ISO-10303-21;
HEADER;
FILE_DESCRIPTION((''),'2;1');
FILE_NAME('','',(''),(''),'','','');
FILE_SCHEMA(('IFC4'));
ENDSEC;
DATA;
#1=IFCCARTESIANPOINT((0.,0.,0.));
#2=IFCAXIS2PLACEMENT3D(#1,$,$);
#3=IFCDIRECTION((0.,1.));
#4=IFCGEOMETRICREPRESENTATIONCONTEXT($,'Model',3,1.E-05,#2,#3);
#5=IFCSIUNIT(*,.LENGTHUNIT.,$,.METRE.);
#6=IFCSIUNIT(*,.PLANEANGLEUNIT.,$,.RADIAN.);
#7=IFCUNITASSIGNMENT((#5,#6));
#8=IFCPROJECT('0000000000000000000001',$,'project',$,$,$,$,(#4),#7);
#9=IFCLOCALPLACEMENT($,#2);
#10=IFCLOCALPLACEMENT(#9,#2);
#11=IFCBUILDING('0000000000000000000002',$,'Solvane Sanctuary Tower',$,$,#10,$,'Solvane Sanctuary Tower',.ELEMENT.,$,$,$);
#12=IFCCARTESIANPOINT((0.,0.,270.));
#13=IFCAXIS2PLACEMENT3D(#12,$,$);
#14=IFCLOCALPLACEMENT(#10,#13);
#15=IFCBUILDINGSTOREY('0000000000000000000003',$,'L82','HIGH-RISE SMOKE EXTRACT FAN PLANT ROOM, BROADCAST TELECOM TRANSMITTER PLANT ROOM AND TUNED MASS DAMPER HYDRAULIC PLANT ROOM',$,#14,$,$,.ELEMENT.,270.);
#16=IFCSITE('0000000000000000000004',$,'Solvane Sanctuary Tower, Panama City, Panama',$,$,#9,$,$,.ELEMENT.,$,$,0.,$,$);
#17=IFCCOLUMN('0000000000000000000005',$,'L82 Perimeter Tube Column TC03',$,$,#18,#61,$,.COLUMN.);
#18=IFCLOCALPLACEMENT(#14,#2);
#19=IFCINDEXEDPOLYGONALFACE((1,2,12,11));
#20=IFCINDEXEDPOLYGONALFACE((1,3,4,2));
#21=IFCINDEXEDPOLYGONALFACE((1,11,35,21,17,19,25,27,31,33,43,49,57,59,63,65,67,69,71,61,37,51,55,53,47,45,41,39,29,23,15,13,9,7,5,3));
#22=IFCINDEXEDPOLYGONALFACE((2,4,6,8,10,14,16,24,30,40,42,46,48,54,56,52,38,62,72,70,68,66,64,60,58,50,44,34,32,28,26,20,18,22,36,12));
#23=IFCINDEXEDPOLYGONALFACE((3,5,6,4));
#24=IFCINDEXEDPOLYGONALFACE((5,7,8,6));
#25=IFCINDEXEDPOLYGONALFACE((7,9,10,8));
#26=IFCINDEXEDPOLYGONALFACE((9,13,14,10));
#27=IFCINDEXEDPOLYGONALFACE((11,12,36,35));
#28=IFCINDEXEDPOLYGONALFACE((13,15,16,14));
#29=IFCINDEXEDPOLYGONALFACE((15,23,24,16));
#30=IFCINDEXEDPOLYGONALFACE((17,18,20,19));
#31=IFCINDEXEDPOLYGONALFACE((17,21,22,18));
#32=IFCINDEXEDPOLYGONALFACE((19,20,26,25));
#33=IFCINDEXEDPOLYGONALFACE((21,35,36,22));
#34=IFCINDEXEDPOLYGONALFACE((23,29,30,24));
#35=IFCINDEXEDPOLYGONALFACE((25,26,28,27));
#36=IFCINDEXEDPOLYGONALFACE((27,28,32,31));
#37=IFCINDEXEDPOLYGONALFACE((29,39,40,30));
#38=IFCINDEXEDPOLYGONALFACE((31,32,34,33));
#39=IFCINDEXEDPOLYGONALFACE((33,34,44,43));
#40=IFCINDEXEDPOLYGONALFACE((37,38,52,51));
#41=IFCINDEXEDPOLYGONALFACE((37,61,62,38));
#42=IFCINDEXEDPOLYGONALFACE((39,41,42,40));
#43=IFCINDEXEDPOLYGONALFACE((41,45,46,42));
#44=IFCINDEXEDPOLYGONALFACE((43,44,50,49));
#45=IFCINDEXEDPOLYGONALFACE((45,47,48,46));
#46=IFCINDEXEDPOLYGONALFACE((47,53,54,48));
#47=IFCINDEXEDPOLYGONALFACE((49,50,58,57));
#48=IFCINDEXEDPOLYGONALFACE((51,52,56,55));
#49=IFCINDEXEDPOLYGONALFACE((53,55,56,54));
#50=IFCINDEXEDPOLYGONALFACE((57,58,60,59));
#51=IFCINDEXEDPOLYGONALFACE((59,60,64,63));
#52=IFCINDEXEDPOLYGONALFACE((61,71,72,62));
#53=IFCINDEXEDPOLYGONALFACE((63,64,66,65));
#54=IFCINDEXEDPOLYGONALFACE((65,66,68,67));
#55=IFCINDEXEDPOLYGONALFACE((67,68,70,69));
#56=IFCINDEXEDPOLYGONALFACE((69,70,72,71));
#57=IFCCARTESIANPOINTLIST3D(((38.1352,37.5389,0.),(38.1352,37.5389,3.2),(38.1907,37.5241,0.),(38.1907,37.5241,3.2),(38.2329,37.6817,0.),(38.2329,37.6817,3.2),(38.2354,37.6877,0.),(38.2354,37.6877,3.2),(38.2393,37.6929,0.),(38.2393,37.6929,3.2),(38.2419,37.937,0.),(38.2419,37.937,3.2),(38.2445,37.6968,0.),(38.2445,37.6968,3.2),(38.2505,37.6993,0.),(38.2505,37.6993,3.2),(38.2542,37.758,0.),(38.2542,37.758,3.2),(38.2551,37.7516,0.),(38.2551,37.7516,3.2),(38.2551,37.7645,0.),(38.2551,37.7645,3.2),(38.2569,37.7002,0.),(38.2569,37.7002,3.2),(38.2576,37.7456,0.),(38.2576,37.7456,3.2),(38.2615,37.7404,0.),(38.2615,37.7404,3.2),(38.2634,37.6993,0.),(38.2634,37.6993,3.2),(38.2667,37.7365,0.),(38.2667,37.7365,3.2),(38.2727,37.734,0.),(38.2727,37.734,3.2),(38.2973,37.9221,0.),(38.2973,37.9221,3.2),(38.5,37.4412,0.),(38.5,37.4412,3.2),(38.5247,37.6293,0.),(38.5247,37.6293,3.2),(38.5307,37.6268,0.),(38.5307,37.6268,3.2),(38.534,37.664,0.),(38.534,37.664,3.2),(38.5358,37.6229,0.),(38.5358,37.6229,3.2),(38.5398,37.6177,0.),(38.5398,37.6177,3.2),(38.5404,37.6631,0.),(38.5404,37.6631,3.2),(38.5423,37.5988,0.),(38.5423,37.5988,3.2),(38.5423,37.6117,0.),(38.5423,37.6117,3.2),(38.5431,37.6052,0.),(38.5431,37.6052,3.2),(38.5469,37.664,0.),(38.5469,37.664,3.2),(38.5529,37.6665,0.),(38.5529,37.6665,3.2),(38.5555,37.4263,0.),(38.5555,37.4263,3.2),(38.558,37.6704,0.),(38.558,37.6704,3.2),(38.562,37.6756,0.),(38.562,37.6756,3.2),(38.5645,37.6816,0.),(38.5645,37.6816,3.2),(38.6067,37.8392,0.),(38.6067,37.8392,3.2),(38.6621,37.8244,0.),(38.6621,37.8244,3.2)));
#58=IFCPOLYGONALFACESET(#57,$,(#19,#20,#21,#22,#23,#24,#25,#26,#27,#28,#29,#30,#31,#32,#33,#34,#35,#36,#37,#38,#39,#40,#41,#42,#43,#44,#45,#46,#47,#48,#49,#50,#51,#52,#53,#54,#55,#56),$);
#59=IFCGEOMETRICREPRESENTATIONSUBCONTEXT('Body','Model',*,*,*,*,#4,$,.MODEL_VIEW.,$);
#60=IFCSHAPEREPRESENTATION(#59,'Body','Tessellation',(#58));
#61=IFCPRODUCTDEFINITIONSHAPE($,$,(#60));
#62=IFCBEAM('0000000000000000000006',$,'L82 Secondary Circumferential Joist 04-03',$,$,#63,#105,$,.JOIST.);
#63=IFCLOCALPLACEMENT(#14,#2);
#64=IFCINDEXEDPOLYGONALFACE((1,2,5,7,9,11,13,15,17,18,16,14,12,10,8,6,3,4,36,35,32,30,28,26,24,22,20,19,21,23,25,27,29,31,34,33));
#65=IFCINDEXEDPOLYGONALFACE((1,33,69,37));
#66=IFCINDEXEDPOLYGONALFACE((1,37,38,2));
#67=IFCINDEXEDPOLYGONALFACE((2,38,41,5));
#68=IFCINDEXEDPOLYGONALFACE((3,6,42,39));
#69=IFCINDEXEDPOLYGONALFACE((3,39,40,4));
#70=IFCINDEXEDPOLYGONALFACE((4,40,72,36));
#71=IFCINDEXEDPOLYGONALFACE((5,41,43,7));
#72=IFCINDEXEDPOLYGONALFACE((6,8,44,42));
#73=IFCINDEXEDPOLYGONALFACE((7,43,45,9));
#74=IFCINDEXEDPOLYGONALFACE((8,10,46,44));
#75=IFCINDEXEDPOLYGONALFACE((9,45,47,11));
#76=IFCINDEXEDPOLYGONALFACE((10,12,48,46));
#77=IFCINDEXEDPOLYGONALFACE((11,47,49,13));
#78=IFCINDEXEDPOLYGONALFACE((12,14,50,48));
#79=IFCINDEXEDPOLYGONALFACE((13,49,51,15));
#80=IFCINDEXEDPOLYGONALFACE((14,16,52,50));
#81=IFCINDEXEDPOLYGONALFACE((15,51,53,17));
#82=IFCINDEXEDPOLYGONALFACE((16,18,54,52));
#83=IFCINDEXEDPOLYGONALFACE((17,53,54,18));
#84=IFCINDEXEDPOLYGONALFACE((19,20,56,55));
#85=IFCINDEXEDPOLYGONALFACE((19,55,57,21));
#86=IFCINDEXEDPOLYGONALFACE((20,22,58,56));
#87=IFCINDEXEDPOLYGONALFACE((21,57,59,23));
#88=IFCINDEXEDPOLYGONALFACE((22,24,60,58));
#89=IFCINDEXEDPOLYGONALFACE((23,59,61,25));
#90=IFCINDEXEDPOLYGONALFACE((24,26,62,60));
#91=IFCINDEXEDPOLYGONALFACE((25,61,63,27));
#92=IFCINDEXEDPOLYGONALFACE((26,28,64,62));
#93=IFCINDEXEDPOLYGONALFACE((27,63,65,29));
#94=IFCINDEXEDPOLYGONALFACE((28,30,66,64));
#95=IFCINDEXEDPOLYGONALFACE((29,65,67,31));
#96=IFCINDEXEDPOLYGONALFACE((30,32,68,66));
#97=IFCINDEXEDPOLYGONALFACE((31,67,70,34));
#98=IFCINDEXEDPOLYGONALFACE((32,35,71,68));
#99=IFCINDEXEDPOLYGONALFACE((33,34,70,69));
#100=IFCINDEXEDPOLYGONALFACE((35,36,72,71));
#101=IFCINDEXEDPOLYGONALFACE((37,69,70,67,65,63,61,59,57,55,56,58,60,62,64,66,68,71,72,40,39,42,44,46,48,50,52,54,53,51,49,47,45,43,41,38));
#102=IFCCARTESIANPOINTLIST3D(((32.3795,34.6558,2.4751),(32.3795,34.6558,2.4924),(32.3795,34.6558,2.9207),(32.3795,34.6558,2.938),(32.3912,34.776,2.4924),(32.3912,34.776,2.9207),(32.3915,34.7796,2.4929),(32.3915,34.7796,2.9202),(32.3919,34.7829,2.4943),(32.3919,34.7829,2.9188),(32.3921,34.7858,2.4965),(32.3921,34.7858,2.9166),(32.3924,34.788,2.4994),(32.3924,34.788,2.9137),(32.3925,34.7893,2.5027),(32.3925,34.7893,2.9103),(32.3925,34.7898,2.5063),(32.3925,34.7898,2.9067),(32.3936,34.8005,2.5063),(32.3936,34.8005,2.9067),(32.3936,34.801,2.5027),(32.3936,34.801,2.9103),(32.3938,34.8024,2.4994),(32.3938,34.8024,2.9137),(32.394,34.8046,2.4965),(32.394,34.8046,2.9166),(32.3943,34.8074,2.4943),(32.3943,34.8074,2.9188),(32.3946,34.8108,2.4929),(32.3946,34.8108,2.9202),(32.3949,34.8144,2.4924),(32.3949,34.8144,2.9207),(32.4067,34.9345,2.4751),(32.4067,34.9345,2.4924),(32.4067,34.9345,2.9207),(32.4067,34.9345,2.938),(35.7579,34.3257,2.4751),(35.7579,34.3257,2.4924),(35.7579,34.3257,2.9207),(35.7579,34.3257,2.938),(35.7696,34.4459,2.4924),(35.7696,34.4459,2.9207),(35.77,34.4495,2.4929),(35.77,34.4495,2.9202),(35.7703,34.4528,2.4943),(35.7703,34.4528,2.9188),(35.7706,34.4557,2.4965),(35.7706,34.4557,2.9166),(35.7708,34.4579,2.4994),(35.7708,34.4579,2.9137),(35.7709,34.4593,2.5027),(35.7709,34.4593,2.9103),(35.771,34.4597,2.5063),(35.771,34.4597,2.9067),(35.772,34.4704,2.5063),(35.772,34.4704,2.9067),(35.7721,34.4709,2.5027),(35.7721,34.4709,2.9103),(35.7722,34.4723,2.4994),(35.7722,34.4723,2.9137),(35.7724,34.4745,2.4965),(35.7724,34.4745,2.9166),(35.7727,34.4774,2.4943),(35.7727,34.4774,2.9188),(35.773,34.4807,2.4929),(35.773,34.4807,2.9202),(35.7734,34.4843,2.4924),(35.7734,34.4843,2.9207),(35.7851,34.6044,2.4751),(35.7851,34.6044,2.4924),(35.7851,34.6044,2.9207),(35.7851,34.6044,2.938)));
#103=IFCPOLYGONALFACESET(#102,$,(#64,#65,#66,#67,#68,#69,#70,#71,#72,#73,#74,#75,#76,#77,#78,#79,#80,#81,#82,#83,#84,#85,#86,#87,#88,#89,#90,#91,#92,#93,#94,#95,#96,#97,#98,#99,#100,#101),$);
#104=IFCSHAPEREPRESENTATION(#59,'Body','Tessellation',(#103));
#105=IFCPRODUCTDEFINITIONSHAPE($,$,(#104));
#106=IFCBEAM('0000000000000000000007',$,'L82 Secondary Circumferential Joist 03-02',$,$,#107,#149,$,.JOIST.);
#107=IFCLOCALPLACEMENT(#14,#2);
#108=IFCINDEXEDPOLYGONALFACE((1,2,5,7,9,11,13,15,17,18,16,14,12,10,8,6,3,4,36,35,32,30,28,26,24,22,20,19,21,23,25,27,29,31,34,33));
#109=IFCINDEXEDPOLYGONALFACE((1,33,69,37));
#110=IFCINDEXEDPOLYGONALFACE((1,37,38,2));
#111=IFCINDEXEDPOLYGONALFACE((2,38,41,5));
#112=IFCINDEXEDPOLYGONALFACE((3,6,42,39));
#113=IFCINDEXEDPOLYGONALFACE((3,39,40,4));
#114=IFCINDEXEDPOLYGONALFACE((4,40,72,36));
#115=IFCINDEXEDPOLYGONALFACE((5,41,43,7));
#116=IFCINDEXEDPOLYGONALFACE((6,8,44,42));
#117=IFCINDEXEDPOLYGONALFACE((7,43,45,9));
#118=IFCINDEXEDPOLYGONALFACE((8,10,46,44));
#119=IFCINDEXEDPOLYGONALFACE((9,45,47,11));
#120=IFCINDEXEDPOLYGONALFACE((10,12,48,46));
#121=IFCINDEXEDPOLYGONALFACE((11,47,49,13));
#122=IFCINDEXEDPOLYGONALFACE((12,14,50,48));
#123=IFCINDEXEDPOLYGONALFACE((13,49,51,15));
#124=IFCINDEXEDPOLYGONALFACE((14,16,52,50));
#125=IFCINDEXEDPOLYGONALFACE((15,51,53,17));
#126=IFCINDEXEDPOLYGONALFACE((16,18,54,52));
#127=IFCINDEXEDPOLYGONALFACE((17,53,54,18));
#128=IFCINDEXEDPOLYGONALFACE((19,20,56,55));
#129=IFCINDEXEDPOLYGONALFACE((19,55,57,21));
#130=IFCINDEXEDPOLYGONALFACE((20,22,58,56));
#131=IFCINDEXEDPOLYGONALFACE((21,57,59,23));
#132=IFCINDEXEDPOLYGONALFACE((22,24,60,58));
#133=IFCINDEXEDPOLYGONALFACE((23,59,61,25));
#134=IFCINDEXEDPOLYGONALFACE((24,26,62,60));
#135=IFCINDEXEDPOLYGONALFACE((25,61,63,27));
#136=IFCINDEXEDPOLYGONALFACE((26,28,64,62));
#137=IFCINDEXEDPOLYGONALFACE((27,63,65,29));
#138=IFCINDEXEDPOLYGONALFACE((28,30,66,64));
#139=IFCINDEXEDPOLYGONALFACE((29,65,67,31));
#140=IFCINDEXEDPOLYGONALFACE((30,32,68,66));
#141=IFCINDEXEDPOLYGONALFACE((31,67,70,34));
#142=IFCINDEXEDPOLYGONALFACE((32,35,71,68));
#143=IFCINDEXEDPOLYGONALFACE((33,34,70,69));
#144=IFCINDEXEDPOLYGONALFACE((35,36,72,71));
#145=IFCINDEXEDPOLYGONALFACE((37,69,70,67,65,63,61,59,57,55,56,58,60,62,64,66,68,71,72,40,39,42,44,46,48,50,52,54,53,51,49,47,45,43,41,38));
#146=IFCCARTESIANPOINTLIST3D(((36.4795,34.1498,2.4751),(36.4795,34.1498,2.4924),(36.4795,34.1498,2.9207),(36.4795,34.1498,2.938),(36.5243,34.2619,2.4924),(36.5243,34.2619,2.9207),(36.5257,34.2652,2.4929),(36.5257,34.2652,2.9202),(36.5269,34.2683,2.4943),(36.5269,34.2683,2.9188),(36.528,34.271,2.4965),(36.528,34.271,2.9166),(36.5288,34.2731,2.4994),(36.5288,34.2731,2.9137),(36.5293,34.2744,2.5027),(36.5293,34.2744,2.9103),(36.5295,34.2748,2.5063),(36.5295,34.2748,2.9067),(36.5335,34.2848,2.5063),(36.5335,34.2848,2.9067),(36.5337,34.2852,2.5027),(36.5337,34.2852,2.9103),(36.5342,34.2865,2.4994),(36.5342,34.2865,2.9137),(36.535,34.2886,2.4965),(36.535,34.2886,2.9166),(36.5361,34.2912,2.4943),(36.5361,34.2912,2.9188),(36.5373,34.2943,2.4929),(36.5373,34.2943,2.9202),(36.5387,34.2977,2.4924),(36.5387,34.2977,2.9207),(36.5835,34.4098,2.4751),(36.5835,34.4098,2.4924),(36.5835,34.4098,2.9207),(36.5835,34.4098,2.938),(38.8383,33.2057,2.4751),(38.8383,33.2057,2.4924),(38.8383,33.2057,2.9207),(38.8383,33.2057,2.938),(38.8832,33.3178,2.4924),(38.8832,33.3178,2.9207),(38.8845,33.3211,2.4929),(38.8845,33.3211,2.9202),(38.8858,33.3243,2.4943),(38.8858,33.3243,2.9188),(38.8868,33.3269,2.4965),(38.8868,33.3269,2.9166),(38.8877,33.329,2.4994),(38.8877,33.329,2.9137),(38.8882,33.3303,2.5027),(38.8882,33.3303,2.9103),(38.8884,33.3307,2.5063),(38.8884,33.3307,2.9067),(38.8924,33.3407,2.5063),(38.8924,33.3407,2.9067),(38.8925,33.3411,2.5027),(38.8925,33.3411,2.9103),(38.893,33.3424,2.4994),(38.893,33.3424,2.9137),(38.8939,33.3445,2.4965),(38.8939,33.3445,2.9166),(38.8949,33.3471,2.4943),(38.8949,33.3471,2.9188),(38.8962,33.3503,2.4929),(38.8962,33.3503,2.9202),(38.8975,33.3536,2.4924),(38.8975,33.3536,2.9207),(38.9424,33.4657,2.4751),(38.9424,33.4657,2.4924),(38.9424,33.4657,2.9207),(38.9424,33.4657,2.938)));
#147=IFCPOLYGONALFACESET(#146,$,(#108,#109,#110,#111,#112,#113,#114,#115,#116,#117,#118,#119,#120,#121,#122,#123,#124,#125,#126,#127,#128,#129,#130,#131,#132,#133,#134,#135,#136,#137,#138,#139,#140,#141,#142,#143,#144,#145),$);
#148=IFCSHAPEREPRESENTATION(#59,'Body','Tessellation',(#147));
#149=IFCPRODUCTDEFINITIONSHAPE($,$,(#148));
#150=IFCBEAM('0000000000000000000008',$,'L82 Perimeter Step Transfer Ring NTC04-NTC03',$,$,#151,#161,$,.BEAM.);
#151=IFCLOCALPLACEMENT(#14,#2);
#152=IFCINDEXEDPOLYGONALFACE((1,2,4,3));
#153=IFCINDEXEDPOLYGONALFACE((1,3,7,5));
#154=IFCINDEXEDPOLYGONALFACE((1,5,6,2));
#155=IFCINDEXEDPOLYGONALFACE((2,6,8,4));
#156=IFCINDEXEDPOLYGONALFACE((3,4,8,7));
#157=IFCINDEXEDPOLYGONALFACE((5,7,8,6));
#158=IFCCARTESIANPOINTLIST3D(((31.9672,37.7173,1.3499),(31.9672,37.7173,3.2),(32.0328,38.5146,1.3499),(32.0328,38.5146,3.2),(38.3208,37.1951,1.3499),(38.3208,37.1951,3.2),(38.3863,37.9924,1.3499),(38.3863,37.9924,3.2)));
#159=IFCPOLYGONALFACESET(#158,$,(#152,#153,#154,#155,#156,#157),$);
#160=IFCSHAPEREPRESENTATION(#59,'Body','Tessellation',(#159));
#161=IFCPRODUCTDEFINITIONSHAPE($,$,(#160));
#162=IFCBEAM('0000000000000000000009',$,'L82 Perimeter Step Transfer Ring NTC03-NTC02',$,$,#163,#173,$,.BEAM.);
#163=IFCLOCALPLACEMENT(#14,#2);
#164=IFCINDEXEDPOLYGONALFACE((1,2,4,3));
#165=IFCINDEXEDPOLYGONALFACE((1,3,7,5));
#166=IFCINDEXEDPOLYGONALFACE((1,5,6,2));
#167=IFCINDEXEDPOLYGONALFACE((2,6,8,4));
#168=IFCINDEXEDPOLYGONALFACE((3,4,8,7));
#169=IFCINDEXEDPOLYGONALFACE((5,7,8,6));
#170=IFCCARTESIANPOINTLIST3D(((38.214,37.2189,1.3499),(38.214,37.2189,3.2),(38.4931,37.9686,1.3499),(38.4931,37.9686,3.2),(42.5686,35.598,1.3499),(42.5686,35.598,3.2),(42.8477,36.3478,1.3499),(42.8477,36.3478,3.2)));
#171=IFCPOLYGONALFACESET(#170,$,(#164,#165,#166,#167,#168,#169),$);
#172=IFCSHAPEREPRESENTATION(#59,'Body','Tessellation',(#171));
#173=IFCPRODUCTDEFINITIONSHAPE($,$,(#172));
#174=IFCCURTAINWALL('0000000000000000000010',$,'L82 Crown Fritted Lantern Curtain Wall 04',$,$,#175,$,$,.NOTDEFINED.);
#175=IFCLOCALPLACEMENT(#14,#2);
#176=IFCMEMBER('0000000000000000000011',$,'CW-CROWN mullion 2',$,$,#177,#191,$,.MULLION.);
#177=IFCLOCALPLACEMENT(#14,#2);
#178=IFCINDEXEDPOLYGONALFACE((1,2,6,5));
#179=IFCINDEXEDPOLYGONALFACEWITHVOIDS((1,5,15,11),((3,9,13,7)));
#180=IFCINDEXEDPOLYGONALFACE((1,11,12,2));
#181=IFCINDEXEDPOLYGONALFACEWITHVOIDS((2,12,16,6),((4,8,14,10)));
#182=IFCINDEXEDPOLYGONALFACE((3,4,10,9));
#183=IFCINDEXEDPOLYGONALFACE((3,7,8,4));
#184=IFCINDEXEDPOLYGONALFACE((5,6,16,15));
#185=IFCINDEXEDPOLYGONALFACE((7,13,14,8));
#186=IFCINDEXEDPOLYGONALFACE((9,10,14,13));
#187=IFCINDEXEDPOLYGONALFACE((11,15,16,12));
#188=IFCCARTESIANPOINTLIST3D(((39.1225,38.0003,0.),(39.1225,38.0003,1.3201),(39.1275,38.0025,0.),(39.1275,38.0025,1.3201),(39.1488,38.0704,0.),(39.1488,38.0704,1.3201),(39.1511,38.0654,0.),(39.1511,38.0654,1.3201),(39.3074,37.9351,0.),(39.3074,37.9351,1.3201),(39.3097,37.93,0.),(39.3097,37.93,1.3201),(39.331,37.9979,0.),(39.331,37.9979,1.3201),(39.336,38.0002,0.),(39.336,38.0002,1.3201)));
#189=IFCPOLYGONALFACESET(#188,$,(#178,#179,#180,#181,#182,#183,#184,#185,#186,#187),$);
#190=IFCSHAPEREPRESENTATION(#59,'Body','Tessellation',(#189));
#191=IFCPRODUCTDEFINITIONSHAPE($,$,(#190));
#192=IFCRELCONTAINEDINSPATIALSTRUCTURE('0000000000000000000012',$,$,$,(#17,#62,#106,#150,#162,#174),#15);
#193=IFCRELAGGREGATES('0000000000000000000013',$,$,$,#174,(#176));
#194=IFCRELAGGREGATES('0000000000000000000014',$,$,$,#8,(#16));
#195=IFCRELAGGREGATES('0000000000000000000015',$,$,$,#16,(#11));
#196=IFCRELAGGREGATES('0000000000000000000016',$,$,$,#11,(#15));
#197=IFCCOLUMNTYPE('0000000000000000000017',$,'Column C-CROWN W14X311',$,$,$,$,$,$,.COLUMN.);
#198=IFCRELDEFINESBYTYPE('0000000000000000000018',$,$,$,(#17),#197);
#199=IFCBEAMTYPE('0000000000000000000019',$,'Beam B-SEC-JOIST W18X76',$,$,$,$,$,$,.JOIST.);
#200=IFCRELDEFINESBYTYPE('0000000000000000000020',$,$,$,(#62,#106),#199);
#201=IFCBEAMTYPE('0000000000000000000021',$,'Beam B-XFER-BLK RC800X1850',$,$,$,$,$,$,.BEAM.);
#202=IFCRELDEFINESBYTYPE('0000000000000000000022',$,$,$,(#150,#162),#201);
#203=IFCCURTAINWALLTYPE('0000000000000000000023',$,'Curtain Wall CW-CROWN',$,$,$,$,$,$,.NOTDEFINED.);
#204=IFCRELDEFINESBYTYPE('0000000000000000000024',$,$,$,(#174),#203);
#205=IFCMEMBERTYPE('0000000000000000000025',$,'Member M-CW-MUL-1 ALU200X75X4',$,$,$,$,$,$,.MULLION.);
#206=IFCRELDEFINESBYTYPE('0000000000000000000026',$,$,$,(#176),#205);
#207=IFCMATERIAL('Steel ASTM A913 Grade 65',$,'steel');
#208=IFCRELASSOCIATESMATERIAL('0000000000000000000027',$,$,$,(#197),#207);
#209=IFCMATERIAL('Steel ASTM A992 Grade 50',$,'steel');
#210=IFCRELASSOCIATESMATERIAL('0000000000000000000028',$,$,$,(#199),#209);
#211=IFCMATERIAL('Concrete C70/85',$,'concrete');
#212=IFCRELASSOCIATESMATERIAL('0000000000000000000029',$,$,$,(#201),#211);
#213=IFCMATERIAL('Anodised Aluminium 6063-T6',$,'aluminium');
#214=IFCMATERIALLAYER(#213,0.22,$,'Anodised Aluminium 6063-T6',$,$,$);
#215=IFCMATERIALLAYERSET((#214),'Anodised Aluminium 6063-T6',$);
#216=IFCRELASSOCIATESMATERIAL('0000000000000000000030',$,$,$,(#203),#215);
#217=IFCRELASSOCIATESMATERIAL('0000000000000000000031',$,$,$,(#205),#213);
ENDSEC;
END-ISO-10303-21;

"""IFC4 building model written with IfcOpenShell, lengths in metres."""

from ifc_helpers import new_model, si_unit, direction, frame, origin, origin_2d, place, context, subcontext, project, spatial, rectangle, hollow_rectangle, i_section, extrude, material, layer, layer_set, material_profile, profile_set, type_object, element, aggregate, save


model = new_model("IFC4")

# Units and contexts
model_context = context("Model", 3, precision=1e-05, world=origin(), true_north=direction((0.0, 1.0)))
body_context = subcontext(model_context, "Body", "Model", "MODEL_VIEW")
ifc_project = project(units=[si_unit("LENGTHUNIT", "METRE"), si_unit("PLANEANGLEUNIT", "RADIAN")], contexts=[model_context])

# Site, building, storey
site_placement = place(None, origin())
site = spatial("IfcSite", under=ifc_project, at=site_placement, Name="Solvane Sanctuary Tower, Panama City, Panama", CompositionType="ELEMENT", RefElevation=0.0)
building_placement = place(site_placement, origin())
building = spatial("IfcBuilding", under=site, at=building_placement, Name="Solvane Sanctuary Tower", LongName="Solvane Sanctuary Tower", CompositionType="ELEMENT")
storey_placement = place(building_placement, frame((0.0, 0.0, 270.0)))
storey = spatial("IfcBuildingStorey", under=building, at=storey_placement, Name="L82", Description="HIGH-RISE SMOKE EXTRACT FAN PLANT ROOM, BROADCAST TELECOM TRANSMITTER PLANT ROOM AND TUNED MASS DAMPER HYDRAULIC PLANT ROOM", CompositionType="ELEMENT", Elevation=270.0)

# Column
ifc_material_1 = material(Name="Steel ASTM A913 Grade 65", Category="steel")
ifc_material_profile_1 = material_profile(ifc_material_1, i_section(OverallWidth=0.4121, OverallDepth=0.4351, WebThickness=0.0359, FlangeThickness=0.0574, FilletRadius=0.0249, at=origin_2d()), Name="W14X311")
ifc_profile_set_1 = profile_set([ifc_material_profile_1], Name="Steel ASTM A913 Grade 65")
column_type = type_object("IfcColumnType", Name="Column C-CROWN W14X311", PredefinedType="COLUMN", material=ifc_profile_set_1)
column_placement = place(storey_placement, frame((38.3987, 37.6816, 0.0), z_axis=(0.0, 0.0, 1.0), x_axis=(0.258819, 0.965926, 0.0)))
element("IfcColumn", 1, at=column_placement, inside=storey, type_object=column_type, Name="L82 Perimeter Tube Column TC03", PredefinedType="COLUMN", context=body_context, shape_type="SweptSolid", body=[
    extrude(i_section(OverallWidth=0.4121, OverallDepth=0.4351, WebThickness=0.0359, FlangeThickness=0.0574, FilletRadius=0.0249, at=origin_2d()), origin(), (0.0, 0.0, 1.0), 3.2),
])

# Beams
ifc_material_2 = material(Name="Steel ASTM A992 Grade 50", Category="steel")
ifc_material_profile_2 = material_profile(ifc_material_2, i_section(OverallWidth=0.28, OverallDepth=0.4629, WebThickness=0.0107, FlangeThickness=0.0173, FilletRadius=0.0139, at=origin_2d()), Name="W18X76")
ifc_profile_set_2 = profile_set([ifc_material_profile_2], Name="Steel ASTM A992 Grade 50")
beam_type_1 = type_object("IfcBeamType", Name="Beam B-SEC-JOIST W18X76", PredefinedType="JOIST", material=ifc_profile_set_2)
beam_1_placement = place(storey_placement, frame((32.3931, 34.7952, 2.7065), z_axis=(0.995261, -0.097239, 0.0), x_axis=(0.097239, 0.995261, 0.0)))
element("IfcBeam", 2, at=beam_1_placement, inside=storey, type_object=beam_type_1, Name="L82 Secondary Circumferential Joist 04-03", PredefinedType="JOIST", context=body_context, shape_type="SweptSolid", body=[
    extrude(i_section(OverallWidth=0.28, OverallDepth=0.4629, WebThickness=0.0107, FlangeThickness=0.0173, FilletRadius=0.0139, at=origin_2d()), origin(), (0.0, 0.0, 1.0), 3.3945),
])
beam_2_placement = place(storey_placement, frame((36.5315, 34.2798, 2.7065), z_axis=(0.928404, -0.371573, 0.0), x_axis=(0.371573, 0.928404, 0.0)))
element("IfcBeam", 3, at=beam_2_placement, inside=storey, type_object=beam_type_1, Name="L82 Secondary Circumferential Joist 03-02", PredefinedType="JOIST", context=body_context, shape_type="SweptSolid", body=[
    extrude(i_section(OverallWidth=0.28, OverallDepth=0.4629, WebThickness=0.0107, FlangeThickness=0.0173, FilletRadius=0.0139, at=origin_2d()), origin(), (0.0, 0.0, 1.0), 2.5408),
])
ifc_material_3 = material(Name="Concrete C70/85", Category="concrete")
ifc_material_profile_3 = material_profile(ifc_material_3, rectangle(XDim=0.8, YDim=1.8501, at=origin_2d()), Name="RC800X1850")
ifc_profile_set_3 = profile_set([ifc_material_profile_3], Name="Concrete C70/85")
beam_type_2 = type_object("IfcBeamType", Name="Beam B-XFER-BLK RC800X1850", PredefinedType="BEAM", material=ifc_profile_set_3)
beam_3_placement = place(storey_placement, frame((32.0, 38.116, 2.2749), z_axis=(0.996639, -0.081917, 0.0), x_axis=(0.081917, 0.996639, 0.0)))
element("IfcBeam", 4, at=beam_3_placement, inside=storey, type_object=beam_type_2, Name="L82 Perimeter Step Transfer Ring NTC04-NTC03", PredefinedType="BEAM", context=body_context, shape_type="SweptSolid", body=[
    extrude(rectangle(XDim=0.8, YDim=1.8501, at=origin_2d()), origin(), (0.0, 0.0, 1.0), 6.375),
])
beam_4_placement = place(storey_placement, frame((38.3535, 37.5938, 2.2749), z_axis=(0.937182, -0.348842, 0.0), x_axis=(0.348842, 0.937182, 0.0)))
element("IfcBeam", 5, at=beam_4_placement, inside=storey, type_object=beam_type_2, Name="L82 Perimeter Step Transfer Ring NTC03-NTC02", PredefinedType="BEAM", context=body_context, shape_type="SweptSolid", body=[
    extrude(rectangle(XDim=0.8, YDim=1.8501, at=origin_2d()), origin(), (0.0, 0.0, 1.0), 4.6465),
])

# Curtain wall, member
ifc_material_4 = material(Name="Anodised Aluminium 6063-T6", Category="aluminium")
ifc_layer_1 = layer(ifc_material_4, 0.22, Name="Anodised Aluminium 6063-T6")
ifc_layer_set_1 = layer_set([ifc_layer_1], Name="Anodised Aluminium 6063-T6")
curtain_wall_type = type_object("IfcCurtainWallType", Name="Curtain Wall CW-CROWN", PredefinedType="NOTDEFINED", material=ifc_layer_set_1)
curtain_wall_1_placement = place(storey_placement, origin())
curtain_wall_1 = element("IfcCurtainWall", 6, at=curtain_wall_1_placement, inside=storey, type_object=curtain_wall_type, Name="L82 Crown Fritted Lantern Curtain Wall 04", PredefinedType="NOTDEFINED")
ifc_material_profile_4 = material_profile(ifc_material_4, hollow_rectangle(XDim=0.075, YDim=0.2, WallThickness=0.0039, at=origin_2d()), Name="ALU200X75X4")
ifc_profile_set_4 = profile_set([ifc_material_profile_4], Name="Anodised Aluminium 6063-T6")
member_type_1 = type_object("IfcMemberType", Name="Member M-CW-MUL-1 ALU200X75X4", PredefinedType="MULLION", material=ifc_profile_set_4)
member_1_placement = place(storey_placement, frame((39.2292, 38.0002, 0.0), z_axis=(0.0, 0.0, 1.0), x_axis=(-0.35117, -0.936312, 0.0)))
member_1 = element("IfcMember", 7, at=member_1_placement, type_object=member_type_1, Name="CW-CROWN mullion 2", PredefinedType="MULLION", context=body_context, shape_type="SweptSolid", body=[
    extrude(hollow_rectangle(XDim=0.075, YDim=0.2, WallThickness=0.0039, at=origin_2d()), origin(), (0.0, 0.0, 1.0), 1.3201),
])
aggregate(curtain_wall_1, [member_1])

save(model, "model.ifc")
